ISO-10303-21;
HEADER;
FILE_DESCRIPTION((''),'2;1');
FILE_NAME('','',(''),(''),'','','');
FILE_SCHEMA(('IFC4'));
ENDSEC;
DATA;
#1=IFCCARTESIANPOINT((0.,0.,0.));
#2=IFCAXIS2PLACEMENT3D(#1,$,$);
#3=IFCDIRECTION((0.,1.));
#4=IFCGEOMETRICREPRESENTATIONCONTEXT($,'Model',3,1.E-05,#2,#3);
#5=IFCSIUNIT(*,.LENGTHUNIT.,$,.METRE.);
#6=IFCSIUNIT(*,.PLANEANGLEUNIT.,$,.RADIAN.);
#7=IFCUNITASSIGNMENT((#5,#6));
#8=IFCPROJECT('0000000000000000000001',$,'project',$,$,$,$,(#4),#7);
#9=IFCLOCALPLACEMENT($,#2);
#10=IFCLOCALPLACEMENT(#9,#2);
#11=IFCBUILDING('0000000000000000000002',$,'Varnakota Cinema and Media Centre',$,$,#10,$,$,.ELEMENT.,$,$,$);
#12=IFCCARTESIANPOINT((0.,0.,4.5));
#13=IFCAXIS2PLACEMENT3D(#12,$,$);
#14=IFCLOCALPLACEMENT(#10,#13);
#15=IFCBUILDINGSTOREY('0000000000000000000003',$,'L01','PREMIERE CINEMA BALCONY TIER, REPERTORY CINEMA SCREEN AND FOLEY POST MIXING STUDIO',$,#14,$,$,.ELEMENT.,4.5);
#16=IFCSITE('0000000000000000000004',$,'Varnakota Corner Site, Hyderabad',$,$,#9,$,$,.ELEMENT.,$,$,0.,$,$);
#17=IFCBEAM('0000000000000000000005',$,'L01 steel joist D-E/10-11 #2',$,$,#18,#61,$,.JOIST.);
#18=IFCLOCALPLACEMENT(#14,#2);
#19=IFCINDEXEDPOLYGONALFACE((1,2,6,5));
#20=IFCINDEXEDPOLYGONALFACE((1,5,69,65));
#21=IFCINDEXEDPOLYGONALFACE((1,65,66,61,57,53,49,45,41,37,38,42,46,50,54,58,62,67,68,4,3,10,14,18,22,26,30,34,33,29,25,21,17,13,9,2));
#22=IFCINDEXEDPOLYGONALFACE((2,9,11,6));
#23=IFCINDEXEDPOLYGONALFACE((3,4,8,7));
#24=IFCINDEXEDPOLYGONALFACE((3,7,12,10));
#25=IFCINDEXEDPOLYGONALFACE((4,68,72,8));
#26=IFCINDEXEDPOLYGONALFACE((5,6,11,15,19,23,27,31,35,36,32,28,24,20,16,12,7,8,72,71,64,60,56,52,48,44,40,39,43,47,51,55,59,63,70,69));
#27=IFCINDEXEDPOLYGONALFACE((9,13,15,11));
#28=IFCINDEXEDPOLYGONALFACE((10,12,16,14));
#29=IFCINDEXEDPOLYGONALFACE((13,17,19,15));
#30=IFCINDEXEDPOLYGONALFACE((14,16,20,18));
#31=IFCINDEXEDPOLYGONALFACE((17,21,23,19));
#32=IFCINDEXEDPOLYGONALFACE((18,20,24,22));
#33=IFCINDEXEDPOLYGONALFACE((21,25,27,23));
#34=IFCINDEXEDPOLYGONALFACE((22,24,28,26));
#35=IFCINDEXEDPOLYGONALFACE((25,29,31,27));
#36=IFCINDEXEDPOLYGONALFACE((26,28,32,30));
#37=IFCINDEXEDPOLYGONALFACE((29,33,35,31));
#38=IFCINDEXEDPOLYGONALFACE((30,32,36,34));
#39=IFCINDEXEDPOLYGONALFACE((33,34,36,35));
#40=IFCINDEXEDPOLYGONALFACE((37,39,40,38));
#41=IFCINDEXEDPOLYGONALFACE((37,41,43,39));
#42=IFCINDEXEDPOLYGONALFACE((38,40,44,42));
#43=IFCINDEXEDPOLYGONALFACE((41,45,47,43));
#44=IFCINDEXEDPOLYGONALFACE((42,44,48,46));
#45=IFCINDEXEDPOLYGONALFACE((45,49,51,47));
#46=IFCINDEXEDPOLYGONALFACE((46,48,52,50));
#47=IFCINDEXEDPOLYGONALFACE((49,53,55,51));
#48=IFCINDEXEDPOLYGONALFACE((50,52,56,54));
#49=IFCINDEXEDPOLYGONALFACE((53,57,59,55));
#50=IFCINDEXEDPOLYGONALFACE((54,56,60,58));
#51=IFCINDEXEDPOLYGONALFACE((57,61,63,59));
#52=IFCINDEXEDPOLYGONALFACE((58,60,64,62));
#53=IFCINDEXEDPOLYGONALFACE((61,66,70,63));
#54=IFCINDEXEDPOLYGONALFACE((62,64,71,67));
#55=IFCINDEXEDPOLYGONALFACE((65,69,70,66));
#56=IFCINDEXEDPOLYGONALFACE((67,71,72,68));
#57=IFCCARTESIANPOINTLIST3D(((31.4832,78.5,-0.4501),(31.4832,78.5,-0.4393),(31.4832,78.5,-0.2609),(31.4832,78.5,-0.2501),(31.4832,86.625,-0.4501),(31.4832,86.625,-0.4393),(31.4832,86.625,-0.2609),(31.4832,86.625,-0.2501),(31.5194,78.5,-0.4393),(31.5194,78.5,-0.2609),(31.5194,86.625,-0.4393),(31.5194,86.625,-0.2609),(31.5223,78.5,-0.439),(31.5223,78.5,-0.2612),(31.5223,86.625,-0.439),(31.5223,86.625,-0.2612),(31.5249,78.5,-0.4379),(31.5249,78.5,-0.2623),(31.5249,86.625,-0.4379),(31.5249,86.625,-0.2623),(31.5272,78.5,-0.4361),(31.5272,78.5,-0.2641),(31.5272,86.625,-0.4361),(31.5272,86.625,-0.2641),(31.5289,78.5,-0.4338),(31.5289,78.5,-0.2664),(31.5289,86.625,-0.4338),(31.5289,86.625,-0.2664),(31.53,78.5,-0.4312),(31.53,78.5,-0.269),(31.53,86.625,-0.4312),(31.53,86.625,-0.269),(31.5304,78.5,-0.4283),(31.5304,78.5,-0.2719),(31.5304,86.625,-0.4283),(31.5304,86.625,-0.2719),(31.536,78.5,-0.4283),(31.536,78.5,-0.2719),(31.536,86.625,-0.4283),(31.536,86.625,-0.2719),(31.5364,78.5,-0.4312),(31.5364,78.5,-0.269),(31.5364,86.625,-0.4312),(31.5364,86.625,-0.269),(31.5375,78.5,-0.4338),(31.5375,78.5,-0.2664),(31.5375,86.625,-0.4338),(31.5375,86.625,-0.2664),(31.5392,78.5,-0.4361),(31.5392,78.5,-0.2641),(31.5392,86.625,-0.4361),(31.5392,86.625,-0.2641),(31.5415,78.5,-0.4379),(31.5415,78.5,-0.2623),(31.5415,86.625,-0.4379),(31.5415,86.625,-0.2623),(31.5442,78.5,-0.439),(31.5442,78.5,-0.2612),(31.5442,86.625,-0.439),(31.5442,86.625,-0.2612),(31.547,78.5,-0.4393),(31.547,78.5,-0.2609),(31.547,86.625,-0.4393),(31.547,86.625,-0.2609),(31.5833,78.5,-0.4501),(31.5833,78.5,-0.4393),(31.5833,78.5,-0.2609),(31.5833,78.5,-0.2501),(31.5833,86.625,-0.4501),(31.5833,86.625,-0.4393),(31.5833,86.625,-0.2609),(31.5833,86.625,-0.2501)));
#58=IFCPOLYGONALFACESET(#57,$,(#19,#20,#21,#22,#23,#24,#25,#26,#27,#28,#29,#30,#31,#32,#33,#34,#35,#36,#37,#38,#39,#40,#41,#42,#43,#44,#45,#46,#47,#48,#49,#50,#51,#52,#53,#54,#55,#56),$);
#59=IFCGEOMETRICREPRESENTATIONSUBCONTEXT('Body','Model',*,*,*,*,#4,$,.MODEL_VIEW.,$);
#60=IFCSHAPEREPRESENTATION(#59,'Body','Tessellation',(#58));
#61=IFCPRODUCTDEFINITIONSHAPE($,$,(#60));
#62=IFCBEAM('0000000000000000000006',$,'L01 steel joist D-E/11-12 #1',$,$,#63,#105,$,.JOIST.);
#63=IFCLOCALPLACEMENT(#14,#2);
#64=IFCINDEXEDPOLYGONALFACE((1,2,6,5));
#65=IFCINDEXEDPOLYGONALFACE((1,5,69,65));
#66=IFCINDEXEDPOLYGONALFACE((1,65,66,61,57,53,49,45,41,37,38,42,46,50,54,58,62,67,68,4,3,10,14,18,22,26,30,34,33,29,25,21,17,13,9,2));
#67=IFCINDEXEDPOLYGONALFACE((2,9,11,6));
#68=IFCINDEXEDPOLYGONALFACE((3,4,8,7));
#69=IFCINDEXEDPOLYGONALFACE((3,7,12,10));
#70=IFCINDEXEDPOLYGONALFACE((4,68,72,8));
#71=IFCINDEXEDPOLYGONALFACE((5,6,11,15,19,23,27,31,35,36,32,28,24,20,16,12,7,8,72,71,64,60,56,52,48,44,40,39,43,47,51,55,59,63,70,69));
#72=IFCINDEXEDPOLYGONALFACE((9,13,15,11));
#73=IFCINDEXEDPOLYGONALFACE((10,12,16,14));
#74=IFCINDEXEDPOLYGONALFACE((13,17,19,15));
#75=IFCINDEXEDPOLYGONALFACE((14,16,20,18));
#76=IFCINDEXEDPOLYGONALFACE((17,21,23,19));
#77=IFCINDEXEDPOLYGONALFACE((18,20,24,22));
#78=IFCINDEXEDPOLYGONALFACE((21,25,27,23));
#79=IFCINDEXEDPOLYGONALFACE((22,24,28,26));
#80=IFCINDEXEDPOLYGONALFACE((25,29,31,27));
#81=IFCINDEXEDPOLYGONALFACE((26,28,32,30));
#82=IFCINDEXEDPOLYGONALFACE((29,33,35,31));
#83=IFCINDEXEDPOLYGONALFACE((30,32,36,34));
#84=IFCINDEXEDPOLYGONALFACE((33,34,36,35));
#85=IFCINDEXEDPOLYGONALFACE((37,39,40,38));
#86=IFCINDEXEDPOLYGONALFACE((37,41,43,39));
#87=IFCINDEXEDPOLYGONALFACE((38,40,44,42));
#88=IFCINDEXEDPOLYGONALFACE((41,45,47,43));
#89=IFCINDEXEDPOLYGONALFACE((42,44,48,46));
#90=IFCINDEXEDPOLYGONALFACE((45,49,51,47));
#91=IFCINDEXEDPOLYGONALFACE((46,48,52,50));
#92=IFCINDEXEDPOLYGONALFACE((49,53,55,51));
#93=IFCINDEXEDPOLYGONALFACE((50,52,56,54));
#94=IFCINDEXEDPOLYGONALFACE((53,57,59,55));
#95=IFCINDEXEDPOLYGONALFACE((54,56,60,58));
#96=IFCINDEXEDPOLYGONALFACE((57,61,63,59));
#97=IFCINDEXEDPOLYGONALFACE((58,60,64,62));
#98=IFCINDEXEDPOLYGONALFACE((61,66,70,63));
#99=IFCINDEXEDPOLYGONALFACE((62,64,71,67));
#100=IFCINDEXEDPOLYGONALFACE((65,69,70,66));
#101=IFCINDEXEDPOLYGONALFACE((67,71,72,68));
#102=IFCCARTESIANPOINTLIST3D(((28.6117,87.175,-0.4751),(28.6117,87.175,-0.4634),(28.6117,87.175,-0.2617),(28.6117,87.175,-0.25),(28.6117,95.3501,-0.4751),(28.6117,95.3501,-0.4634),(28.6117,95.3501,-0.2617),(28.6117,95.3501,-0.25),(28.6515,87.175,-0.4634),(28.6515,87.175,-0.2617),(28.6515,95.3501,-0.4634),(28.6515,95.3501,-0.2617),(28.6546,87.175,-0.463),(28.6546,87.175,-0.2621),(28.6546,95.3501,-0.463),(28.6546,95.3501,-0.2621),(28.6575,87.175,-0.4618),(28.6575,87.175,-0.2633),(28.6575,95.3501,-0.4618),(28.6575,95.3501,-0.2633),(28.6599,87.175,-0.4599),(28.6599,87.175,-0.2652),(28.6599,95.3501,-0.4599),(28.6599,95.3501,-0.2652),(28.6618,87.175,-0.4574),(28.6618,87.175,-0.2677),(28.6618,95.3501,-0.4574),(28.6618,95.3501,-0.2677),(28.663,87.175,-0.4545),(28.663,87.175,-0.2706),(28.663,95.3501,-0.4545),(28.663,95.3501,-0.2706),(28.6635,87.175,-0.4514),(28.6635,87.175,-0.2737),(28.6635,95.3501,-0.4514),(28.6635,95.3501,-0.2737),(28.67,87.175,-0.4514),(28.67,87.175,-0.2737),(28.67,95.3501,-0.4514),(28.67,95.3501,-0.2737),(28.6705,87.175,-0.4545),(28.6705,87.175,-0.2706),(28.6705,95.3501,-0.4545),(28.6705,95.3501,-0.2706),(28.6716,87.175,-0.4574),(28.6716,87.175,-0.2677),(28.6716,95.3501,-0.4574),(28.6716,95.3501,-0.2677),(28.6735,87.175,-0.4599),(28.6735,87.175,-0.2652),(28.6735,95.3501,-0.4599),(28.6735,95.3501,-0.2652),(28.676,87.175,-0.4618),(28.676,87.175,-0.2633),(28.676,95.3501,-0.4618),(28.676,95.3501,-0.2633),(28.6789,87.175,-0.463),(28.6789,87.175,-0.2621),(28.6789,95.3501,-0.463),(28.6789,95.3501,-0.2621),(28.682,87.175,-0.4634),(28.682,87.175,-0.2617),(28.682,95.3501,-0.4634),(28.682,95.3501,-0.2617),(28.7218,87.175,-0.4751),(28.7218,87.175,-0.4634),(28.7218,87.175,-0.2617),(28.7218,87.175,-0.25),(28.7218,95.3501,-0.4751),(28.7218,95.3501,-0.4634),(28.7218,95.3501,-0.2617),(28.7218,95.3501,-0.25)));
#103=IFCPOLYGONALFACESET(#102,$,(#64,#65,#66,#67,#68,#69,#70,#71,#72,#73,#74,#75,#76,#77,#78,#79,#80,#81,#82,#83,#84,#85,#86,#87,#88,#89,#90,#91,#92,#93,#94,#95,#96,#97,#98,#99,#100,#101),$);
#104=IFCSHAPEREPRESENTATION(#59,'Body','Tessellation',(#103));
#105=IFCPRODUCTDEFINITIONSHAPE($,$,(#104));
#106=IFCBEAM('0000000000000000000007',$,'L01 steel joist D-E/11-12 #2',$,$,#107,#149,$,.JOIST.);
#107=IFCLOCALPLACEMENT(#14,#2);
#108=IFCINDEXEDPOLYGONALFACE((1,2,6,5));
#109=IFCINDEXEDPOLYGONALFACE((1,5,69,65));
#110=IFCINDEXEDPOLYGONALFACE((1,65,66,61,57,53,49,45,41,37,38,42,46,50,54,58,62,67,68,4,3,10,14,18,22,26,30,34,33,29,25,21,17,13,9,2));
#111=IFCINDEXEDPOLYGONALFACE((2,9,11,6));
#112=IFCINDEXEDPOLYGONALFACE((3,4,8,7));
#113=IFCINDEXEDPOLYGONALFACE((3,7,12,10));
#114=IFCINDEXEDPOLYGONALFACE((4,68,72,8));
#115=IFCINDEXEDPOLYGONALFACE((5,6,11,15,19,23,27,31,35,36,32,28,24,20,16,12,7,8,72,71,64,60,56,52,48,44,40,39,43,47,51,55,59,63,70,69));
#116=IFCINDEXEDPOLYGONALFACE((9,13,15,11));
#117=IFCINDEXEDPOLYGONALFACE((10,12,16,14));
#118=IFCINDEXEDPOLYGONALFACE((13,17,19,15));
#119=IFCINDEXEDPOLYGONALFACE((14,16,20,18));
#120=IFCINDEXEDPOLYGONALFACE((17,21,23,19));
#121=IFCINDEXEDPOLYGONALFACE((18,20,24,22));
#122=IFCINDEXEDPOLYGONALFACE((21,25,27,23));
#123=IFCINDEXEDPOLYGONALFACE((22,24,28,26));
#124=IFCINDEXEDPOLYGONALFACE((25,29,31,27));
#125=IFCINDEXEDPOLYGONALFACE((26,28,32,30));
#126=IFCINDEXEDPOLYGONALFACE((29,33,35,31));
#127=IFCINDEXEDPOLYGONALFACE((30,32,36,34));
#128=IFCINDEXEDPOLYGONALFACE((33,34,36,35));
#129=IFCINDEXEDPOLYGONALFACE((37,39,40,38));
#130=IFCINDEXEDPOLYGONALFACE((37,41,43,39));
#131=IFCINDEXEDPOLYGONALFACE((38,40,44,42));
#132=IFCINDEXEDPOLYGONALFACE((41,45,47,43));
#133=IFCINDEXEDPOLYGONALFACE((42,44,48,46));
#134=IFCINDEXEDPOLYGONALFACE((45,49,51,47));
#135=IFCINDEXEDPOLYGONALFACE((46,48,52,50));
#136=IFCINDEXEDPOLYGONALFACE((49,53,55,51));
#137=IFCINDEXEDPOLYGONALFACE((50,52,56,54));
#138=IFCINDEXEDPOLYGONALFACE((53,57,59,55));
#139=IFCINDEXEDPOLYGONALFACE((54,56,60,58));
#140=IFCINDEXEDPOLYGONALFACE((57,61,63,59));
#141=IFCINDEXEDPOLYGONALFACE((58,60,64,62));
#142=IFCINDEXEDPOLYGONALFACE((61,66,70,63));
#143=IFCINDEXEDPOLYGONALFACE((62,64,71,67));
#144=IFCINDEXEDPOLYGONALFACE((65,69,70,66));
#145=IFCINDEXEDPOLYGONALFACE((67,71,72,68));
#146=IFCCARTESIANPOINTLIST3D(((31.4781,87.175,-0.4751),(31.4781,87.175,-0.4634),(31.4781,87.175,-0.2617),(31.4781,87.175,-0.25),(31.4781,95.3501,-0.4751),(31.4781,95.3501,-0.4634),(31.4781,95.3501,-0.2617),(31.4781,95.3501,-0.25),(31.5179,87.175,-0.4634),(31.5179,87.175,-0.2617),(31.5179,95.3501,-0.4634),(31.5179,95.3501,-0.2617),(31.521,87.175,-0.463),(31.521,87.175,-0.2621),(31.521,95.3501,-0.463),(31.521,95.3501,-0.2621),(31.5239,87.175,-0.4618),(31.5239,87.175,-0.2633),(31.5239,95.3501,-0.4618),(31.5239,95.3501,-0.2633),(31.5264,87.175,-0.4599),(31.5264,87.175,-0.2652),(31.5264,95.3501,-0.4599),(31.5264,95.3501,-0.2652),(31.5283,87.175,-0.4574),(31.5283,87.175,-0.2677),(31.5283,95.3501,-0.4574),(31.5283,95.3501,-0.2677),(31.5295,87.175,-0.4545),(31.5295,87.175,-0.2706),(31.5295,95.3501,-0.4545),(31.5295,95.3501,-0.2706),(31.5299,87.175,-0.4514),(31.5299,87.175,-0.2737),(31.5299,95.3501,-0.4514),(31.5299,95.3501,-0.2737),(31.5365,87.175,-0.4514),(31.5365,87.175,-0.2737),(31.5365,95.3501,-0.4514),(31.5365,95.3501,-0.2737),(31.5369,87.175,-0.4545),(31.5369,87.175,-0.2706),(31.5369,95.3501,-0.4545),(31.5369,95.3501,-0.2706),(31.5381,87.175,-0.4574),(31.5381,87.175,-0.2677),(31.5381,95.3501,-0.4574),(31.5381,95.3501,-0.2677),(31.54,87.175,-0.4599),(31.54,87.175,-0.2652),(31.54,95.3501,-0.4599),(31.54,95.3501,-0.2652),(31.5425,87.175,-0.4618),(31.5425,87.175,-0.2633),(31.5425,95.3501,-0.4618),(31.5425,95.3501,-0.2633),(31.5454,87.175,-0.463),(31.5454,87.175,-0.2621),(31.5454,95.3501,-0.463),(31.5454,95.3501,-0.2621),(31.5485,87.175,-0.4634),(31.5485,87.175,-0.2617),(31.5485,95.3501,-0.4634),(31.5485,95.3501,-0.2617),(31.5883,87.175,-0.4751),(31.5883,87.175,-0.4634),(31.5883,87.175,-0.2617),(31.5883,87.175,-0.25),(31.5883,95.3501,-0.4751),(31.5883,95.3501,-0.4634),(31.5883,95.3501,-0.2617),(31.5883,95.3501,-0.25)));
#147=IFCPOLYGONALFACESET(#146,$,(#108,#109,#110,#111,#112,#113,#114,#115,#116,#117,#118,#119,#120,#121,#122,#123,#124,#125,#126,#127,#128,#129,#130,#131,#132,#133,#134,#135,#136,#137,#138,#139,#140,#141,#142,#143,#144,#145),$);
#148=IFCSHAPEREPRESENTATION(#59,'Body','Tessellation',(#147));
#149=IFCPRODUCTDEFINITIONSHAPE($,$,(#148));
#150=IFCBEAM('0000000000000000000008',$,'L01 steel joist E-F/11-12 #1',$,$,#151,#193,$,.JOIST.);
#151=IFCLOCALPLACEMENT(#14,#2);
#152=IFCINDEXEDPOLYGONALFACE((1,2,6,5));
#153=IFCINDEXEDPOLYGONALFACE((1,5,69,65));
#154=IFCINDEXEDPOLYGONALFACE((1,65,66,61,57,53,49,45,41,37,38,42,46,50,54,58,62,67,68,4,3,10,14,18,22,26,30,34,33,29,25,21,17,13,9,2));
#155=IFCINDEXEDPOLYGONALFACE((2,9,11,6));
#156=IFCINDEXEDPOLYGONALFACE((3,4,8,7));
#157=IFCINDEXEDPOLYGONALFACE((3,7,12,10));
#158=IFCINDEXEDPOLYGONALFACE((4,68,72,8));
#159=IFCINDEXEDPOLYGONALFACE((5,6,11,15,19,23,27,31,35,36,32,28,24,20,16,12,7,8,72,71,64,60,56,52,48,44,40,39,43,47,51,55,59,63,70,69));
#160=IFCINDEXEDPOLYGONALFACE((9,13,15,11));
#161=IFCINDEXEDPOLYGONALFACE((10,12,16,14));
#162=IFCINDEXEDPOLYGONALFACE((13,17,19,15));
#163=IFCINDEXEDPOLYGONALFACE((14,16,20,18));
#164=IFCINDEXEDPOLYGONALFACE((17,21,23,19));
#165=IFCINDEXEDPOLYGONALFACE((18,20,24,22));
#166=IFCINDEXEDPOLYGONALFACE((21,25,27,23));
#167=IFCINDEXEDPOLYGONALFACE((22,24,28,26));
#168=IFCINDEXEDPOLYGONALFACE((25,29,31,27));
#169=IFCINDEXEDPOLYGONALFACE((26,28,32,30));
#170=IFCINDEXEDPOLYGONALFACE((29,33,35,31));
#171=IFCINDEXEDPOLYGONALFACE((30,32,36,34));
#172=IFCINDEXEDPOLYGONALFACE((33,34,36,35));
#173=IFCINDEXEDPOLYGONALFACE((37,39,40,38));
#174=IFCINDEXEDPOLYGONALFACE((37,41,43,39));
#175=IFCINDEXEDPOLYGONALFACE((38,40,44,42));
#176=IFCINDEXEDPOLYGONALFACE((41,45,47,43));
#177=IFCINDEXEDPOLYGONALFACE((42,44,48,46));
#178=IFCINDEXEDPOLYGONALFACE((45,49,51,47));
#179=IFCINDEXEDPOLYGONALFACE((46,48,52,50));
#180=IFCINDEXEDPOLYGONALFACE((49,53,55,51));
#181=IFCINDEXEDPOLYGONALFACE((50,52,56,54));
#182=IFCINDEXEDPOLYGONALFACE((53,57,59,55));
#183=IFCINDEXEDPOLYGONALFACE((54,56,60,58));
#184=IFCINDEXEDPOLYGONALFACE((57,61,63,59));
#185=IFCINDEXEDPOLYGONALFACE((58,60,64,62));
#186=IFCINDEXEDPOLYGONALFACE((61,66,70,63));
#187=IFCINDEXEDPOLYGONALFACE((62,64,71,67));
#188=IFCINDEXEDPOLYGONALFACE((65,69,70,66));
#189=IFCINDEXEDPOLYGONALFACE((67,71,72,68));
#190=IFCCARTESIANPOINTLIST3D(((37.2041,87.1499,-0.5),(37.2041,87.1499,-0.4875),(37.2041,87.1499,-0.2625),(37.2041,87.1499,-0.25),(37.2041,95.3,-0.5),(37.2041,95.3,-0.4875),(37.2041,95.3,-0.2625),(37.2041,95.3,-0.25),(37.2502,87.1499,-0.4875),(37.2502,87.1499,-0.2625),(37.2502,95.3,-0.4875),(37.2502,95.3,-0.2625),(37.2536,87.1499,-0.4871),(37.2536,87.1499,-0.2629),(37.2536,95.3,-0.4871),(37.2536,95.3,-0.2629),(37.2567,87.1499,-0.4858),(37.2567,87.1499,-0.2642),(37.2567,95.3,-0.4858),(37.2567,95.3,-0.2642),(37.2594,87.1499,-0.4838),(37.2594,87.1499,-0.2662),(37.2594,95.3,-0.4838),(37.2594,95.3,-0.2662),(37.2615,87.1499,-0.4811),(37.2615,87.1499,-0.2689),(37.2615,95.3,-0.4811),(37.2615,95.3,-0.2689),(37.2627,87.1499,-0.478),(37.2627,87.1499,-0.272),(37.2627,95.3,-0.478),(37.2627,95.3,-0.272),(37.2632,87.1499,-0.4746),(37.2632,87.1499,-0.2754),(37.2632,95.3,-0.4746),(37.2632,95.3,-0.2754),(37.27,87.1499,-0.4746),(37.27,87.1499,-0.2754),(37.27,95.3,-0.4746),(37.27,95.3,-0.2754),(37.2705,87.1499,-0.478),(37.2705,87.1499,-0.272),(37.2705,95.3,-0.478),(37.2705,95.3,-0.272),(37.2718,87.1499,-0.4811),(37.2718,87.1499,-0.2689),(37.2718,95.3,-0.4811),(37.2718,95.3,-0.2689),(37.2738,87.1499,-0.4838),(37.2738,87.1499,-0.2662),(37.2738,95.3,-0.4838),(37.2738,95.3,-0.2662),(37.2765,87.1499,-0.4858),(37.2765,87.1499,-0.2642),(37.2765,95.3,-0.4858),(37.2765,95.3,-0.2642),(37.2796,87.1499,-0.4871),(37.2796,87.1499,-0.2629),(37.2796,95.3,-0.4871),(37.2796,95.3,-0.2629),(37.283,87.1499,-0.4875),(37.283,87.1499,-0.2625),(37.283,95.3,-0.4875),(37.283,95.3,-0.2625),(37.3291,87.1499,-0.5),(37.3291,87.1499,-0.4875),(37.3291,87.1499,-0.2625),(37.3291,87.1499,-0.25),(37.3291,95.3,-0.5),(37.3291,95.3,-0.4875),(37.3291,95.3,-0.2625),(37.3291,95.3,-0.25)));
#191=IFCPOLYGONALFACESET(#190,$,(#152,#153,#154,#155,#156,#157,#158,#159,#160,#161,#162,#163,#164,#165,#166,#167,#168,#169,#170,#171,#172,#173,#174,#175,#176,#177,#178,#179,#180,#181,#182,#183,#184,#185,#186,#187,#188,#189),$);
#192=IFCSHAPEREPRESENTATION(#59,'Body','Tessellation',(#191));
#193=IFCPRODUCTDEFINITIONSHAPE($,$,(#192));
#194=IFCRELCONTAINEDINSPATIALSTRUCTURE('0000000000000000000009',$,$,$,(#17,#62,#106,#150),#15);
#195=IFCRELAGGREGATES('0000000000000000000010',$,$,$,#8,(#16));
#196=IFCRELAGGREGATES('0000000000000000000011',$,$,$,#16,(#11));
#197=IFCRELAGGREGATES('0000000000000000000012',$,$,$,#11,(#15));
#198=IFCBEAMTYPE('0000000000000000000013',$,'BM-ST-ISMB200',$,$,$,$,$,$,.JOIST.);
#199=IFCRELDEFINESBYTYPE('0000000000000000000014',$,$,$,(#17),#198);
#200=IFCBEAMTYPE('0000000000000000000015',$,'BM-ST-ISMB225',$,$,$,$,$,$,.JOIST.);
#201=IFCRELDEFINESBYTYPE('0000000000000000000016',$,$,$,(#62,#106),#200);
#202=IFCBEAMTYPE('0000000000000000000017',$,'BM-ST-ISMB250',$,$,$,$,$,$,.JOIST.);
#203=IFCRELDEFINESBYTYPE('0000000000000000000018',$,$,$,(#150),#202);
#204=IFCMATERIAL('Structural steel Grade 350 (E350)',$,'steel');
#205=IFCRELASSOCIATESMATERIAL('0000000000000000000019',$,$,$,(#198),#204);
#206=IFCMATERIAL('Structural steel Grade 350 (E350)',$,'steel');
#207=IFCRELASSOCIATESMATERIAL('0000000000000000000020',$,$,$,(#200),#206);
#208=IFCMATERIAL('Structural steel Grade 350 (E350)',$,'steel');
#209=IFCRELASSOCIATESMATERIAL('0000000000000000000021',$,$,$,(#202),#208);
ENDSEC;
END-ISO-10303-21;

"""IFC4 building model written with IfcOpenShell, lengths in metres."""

from ifc_helpers import new_model, si_unit, direction, frame, origin, origin_2d, place, context, subcontext, project, spatial, i_section, extrude, material, material_profile, profile_set, type_object, element, save


model = new_model("IFC4")

# Units and contexts
model_context = context("Model", 3, precision=1e-05, world=origin(), true_north=direction((0.0, 1.0)))
body_context = subcontext(model_context, "Body", "Model", "MODEL_VIEW")
ifc_project = project(units=[si_unit("LENGTHUNIT", "METRE"), si_unit("PLANEANGLEUNIT", "RADIAN")], contexts=[model_context])

# Site, building, storey
site_placement = place(None, origin())
site = spatial("IfcSite", under=ifc_project, at=site_placement, Name="Varnakota Corner Site, Hyderabad", CompositionType="ELEMENT", RefElevation=0.0)
building_placement = place(site_placement, origin())
building = spatial("IfcBuilding", under=site, at=building_placement, Name="Varnakota Cinema and Media Centre", CompositionType="ELEMENT")
storey_placement = place(building_placement, frame((0.0, 0.0, 4.5)))
storey = spatial("IfcBuildingStorey", under=building, at=storey_placement, Name="L01", Description="PREMIERE CINEMA BALCONY TIER, REPERTORY CINEMA SCREEN AND FOLEY POST MIXING STUDIO", CompositionType="ELEMENT", Elevation=4.5)

# Beams
ifc_material_1 = material(Name="Structural steel Grade 350 (E350)", Category="steel")
ifc_material_profile_1 = material_profile(ifc_material_1, i_section(OverallWidth=0.1001, OverallDepth=0.2, WebThickness=0.0056, FlangeThickness=0.0107, FilletRadius=0.011, at=origin_2d()), Name="ISMB 200")
ifc_profile_set_1 = profile_set([ifc_material_profile_1], Name="Structural steel Grade 350 (E350)")
beam_type_1 = type_object("IfcBeamType", Name="BM-ST-ISMB200", PredefinedType="JOIST", material=ifc_profile_set_1)
for number, where, z_axis, x_axis, name in (
    (1, (31.5332, 78.5, -0.3501), (0.0, 1.0, 0.0), (-1.0, 0.0, 0.0), "L01 steel joist D-E/10-11 #2"),
):
    element("IfcBeam", number, at=place(storey_placement, frame(where, z_axis=z_axis, x_axis=x_axis)), inside=storey, type_object=beam_type_1, Name=name, PredefinedType="JOIST", context=body_context, shape_type="SweptSolid", body=[
        extrude(i_section(OverallWidth=0.1001, OverallDepth=0.2, WebThickness=0.0056, FlangeThickness=0.0107, FilletRadius=0.011, at=origin_2d()), origin(), (0.0, 0.0, 1.0), 8.125),
    ])
ifc_material_2 = material(Name="Structural steel Grade 350 (E350)", Category="steel")
ifc_material_profile_2 = material_profile(ifc_material_2, i_section(OverallWidth=0.1101, OverallDepth=0.2251, WebThickness=0.0066, FlangeThickness=0.0117, FilletRadius=0.012, at=origin_2d()), Name="ISMB 225")
ifc_profile_set_2 = profile_set([ifc_material_profile_2], Name="Structural steel Grade 350 (E350)")
beam_type_2 = type_object("IfcBeamType", Name="BM-ST-ISMB225", PredefinedType="JOIST", material=ifc_profile_set_2)
for number, where, z_axis, x_axis, name in (
    (2, (28.6667, 87.175, -0.3625), (0.0, 1.0, 0.0), (-1.0, 0.0, 0.0), "L01 steel joist D-E/11-12 #1"),
    (3, (31.5332, 87.175, -0.3625), (0.0, 1.0, 0.0), (-1.0, 0.0, 0.0), "L01 steel joist D-E/11-12 #2"),
):
    element("IfcBeam", number, at=place(storey_placement, frame(where, z_axis=z_axis, x_axis=x_axis)), inside=storey, type_object=beam_type_2, Name=name, PredefinedType="JOIST", context=body_context, shape_type="SweptSolid", body=[
        extrude(i_section(OverallWidth=0.1101, OverallDepth=0.2251, WebThickness=0.0066, FlangeThickness=0.0117, FilletRadius=0.012, at=origin_2d()), origin(), (0.0, 0.0, 1.0), 8.175),
    ])
ifc_material_3 = material(Name="Structural steel Grade 350 (E350)", Category="steel")
ifc_material_profile_3 = material_profile(ifc_material_3, i_section(OverallWidth=0.125, OverallDepth=0.25, WebThickness=0.0068, FlangeThickness=0.0125, FilletRadius=0.0129, at=origin_2d()), Name="ISMB 250")
ifc_profile_set_3 = profile_set([ifc_material_profile_3], Name="Structural steel Grade 350 (E350)")
beam_type_3 = type_object("IfcBeamType", Name="BM-ST-ISMB250", PredefinedType="JOIST", material=ifc_profile_set_3)
for number, where, z_axis, x_axis, name in (
    (4, (37.2666, 87.1499, -0.375), (0.0, 1.0, 0.0), (-1.0, 0.0, 0.0), "L01 steel joist E-F/11-12 #1"),
):
    element("IfcBeam", number, at=place(storey_placement, frame(where, z_axis=z_axis, x_axis=x_axis)), inside=storey, type_object=beam_type_3, Name=name, PredefinedType="JOIST", context=body_context, shape_type="SweptSolid", body=[
        extrude(i_section(OverallWidth=0.125, OverallDepth=0.25, WebThickness=0.0068, FlangeThickness=0.0125, FilletRadius=0.0129, at=origin_2d()), origin(), (0.0, 0.0, 1.0), 8.1501),
    ])

save(model, "model.ifc")
